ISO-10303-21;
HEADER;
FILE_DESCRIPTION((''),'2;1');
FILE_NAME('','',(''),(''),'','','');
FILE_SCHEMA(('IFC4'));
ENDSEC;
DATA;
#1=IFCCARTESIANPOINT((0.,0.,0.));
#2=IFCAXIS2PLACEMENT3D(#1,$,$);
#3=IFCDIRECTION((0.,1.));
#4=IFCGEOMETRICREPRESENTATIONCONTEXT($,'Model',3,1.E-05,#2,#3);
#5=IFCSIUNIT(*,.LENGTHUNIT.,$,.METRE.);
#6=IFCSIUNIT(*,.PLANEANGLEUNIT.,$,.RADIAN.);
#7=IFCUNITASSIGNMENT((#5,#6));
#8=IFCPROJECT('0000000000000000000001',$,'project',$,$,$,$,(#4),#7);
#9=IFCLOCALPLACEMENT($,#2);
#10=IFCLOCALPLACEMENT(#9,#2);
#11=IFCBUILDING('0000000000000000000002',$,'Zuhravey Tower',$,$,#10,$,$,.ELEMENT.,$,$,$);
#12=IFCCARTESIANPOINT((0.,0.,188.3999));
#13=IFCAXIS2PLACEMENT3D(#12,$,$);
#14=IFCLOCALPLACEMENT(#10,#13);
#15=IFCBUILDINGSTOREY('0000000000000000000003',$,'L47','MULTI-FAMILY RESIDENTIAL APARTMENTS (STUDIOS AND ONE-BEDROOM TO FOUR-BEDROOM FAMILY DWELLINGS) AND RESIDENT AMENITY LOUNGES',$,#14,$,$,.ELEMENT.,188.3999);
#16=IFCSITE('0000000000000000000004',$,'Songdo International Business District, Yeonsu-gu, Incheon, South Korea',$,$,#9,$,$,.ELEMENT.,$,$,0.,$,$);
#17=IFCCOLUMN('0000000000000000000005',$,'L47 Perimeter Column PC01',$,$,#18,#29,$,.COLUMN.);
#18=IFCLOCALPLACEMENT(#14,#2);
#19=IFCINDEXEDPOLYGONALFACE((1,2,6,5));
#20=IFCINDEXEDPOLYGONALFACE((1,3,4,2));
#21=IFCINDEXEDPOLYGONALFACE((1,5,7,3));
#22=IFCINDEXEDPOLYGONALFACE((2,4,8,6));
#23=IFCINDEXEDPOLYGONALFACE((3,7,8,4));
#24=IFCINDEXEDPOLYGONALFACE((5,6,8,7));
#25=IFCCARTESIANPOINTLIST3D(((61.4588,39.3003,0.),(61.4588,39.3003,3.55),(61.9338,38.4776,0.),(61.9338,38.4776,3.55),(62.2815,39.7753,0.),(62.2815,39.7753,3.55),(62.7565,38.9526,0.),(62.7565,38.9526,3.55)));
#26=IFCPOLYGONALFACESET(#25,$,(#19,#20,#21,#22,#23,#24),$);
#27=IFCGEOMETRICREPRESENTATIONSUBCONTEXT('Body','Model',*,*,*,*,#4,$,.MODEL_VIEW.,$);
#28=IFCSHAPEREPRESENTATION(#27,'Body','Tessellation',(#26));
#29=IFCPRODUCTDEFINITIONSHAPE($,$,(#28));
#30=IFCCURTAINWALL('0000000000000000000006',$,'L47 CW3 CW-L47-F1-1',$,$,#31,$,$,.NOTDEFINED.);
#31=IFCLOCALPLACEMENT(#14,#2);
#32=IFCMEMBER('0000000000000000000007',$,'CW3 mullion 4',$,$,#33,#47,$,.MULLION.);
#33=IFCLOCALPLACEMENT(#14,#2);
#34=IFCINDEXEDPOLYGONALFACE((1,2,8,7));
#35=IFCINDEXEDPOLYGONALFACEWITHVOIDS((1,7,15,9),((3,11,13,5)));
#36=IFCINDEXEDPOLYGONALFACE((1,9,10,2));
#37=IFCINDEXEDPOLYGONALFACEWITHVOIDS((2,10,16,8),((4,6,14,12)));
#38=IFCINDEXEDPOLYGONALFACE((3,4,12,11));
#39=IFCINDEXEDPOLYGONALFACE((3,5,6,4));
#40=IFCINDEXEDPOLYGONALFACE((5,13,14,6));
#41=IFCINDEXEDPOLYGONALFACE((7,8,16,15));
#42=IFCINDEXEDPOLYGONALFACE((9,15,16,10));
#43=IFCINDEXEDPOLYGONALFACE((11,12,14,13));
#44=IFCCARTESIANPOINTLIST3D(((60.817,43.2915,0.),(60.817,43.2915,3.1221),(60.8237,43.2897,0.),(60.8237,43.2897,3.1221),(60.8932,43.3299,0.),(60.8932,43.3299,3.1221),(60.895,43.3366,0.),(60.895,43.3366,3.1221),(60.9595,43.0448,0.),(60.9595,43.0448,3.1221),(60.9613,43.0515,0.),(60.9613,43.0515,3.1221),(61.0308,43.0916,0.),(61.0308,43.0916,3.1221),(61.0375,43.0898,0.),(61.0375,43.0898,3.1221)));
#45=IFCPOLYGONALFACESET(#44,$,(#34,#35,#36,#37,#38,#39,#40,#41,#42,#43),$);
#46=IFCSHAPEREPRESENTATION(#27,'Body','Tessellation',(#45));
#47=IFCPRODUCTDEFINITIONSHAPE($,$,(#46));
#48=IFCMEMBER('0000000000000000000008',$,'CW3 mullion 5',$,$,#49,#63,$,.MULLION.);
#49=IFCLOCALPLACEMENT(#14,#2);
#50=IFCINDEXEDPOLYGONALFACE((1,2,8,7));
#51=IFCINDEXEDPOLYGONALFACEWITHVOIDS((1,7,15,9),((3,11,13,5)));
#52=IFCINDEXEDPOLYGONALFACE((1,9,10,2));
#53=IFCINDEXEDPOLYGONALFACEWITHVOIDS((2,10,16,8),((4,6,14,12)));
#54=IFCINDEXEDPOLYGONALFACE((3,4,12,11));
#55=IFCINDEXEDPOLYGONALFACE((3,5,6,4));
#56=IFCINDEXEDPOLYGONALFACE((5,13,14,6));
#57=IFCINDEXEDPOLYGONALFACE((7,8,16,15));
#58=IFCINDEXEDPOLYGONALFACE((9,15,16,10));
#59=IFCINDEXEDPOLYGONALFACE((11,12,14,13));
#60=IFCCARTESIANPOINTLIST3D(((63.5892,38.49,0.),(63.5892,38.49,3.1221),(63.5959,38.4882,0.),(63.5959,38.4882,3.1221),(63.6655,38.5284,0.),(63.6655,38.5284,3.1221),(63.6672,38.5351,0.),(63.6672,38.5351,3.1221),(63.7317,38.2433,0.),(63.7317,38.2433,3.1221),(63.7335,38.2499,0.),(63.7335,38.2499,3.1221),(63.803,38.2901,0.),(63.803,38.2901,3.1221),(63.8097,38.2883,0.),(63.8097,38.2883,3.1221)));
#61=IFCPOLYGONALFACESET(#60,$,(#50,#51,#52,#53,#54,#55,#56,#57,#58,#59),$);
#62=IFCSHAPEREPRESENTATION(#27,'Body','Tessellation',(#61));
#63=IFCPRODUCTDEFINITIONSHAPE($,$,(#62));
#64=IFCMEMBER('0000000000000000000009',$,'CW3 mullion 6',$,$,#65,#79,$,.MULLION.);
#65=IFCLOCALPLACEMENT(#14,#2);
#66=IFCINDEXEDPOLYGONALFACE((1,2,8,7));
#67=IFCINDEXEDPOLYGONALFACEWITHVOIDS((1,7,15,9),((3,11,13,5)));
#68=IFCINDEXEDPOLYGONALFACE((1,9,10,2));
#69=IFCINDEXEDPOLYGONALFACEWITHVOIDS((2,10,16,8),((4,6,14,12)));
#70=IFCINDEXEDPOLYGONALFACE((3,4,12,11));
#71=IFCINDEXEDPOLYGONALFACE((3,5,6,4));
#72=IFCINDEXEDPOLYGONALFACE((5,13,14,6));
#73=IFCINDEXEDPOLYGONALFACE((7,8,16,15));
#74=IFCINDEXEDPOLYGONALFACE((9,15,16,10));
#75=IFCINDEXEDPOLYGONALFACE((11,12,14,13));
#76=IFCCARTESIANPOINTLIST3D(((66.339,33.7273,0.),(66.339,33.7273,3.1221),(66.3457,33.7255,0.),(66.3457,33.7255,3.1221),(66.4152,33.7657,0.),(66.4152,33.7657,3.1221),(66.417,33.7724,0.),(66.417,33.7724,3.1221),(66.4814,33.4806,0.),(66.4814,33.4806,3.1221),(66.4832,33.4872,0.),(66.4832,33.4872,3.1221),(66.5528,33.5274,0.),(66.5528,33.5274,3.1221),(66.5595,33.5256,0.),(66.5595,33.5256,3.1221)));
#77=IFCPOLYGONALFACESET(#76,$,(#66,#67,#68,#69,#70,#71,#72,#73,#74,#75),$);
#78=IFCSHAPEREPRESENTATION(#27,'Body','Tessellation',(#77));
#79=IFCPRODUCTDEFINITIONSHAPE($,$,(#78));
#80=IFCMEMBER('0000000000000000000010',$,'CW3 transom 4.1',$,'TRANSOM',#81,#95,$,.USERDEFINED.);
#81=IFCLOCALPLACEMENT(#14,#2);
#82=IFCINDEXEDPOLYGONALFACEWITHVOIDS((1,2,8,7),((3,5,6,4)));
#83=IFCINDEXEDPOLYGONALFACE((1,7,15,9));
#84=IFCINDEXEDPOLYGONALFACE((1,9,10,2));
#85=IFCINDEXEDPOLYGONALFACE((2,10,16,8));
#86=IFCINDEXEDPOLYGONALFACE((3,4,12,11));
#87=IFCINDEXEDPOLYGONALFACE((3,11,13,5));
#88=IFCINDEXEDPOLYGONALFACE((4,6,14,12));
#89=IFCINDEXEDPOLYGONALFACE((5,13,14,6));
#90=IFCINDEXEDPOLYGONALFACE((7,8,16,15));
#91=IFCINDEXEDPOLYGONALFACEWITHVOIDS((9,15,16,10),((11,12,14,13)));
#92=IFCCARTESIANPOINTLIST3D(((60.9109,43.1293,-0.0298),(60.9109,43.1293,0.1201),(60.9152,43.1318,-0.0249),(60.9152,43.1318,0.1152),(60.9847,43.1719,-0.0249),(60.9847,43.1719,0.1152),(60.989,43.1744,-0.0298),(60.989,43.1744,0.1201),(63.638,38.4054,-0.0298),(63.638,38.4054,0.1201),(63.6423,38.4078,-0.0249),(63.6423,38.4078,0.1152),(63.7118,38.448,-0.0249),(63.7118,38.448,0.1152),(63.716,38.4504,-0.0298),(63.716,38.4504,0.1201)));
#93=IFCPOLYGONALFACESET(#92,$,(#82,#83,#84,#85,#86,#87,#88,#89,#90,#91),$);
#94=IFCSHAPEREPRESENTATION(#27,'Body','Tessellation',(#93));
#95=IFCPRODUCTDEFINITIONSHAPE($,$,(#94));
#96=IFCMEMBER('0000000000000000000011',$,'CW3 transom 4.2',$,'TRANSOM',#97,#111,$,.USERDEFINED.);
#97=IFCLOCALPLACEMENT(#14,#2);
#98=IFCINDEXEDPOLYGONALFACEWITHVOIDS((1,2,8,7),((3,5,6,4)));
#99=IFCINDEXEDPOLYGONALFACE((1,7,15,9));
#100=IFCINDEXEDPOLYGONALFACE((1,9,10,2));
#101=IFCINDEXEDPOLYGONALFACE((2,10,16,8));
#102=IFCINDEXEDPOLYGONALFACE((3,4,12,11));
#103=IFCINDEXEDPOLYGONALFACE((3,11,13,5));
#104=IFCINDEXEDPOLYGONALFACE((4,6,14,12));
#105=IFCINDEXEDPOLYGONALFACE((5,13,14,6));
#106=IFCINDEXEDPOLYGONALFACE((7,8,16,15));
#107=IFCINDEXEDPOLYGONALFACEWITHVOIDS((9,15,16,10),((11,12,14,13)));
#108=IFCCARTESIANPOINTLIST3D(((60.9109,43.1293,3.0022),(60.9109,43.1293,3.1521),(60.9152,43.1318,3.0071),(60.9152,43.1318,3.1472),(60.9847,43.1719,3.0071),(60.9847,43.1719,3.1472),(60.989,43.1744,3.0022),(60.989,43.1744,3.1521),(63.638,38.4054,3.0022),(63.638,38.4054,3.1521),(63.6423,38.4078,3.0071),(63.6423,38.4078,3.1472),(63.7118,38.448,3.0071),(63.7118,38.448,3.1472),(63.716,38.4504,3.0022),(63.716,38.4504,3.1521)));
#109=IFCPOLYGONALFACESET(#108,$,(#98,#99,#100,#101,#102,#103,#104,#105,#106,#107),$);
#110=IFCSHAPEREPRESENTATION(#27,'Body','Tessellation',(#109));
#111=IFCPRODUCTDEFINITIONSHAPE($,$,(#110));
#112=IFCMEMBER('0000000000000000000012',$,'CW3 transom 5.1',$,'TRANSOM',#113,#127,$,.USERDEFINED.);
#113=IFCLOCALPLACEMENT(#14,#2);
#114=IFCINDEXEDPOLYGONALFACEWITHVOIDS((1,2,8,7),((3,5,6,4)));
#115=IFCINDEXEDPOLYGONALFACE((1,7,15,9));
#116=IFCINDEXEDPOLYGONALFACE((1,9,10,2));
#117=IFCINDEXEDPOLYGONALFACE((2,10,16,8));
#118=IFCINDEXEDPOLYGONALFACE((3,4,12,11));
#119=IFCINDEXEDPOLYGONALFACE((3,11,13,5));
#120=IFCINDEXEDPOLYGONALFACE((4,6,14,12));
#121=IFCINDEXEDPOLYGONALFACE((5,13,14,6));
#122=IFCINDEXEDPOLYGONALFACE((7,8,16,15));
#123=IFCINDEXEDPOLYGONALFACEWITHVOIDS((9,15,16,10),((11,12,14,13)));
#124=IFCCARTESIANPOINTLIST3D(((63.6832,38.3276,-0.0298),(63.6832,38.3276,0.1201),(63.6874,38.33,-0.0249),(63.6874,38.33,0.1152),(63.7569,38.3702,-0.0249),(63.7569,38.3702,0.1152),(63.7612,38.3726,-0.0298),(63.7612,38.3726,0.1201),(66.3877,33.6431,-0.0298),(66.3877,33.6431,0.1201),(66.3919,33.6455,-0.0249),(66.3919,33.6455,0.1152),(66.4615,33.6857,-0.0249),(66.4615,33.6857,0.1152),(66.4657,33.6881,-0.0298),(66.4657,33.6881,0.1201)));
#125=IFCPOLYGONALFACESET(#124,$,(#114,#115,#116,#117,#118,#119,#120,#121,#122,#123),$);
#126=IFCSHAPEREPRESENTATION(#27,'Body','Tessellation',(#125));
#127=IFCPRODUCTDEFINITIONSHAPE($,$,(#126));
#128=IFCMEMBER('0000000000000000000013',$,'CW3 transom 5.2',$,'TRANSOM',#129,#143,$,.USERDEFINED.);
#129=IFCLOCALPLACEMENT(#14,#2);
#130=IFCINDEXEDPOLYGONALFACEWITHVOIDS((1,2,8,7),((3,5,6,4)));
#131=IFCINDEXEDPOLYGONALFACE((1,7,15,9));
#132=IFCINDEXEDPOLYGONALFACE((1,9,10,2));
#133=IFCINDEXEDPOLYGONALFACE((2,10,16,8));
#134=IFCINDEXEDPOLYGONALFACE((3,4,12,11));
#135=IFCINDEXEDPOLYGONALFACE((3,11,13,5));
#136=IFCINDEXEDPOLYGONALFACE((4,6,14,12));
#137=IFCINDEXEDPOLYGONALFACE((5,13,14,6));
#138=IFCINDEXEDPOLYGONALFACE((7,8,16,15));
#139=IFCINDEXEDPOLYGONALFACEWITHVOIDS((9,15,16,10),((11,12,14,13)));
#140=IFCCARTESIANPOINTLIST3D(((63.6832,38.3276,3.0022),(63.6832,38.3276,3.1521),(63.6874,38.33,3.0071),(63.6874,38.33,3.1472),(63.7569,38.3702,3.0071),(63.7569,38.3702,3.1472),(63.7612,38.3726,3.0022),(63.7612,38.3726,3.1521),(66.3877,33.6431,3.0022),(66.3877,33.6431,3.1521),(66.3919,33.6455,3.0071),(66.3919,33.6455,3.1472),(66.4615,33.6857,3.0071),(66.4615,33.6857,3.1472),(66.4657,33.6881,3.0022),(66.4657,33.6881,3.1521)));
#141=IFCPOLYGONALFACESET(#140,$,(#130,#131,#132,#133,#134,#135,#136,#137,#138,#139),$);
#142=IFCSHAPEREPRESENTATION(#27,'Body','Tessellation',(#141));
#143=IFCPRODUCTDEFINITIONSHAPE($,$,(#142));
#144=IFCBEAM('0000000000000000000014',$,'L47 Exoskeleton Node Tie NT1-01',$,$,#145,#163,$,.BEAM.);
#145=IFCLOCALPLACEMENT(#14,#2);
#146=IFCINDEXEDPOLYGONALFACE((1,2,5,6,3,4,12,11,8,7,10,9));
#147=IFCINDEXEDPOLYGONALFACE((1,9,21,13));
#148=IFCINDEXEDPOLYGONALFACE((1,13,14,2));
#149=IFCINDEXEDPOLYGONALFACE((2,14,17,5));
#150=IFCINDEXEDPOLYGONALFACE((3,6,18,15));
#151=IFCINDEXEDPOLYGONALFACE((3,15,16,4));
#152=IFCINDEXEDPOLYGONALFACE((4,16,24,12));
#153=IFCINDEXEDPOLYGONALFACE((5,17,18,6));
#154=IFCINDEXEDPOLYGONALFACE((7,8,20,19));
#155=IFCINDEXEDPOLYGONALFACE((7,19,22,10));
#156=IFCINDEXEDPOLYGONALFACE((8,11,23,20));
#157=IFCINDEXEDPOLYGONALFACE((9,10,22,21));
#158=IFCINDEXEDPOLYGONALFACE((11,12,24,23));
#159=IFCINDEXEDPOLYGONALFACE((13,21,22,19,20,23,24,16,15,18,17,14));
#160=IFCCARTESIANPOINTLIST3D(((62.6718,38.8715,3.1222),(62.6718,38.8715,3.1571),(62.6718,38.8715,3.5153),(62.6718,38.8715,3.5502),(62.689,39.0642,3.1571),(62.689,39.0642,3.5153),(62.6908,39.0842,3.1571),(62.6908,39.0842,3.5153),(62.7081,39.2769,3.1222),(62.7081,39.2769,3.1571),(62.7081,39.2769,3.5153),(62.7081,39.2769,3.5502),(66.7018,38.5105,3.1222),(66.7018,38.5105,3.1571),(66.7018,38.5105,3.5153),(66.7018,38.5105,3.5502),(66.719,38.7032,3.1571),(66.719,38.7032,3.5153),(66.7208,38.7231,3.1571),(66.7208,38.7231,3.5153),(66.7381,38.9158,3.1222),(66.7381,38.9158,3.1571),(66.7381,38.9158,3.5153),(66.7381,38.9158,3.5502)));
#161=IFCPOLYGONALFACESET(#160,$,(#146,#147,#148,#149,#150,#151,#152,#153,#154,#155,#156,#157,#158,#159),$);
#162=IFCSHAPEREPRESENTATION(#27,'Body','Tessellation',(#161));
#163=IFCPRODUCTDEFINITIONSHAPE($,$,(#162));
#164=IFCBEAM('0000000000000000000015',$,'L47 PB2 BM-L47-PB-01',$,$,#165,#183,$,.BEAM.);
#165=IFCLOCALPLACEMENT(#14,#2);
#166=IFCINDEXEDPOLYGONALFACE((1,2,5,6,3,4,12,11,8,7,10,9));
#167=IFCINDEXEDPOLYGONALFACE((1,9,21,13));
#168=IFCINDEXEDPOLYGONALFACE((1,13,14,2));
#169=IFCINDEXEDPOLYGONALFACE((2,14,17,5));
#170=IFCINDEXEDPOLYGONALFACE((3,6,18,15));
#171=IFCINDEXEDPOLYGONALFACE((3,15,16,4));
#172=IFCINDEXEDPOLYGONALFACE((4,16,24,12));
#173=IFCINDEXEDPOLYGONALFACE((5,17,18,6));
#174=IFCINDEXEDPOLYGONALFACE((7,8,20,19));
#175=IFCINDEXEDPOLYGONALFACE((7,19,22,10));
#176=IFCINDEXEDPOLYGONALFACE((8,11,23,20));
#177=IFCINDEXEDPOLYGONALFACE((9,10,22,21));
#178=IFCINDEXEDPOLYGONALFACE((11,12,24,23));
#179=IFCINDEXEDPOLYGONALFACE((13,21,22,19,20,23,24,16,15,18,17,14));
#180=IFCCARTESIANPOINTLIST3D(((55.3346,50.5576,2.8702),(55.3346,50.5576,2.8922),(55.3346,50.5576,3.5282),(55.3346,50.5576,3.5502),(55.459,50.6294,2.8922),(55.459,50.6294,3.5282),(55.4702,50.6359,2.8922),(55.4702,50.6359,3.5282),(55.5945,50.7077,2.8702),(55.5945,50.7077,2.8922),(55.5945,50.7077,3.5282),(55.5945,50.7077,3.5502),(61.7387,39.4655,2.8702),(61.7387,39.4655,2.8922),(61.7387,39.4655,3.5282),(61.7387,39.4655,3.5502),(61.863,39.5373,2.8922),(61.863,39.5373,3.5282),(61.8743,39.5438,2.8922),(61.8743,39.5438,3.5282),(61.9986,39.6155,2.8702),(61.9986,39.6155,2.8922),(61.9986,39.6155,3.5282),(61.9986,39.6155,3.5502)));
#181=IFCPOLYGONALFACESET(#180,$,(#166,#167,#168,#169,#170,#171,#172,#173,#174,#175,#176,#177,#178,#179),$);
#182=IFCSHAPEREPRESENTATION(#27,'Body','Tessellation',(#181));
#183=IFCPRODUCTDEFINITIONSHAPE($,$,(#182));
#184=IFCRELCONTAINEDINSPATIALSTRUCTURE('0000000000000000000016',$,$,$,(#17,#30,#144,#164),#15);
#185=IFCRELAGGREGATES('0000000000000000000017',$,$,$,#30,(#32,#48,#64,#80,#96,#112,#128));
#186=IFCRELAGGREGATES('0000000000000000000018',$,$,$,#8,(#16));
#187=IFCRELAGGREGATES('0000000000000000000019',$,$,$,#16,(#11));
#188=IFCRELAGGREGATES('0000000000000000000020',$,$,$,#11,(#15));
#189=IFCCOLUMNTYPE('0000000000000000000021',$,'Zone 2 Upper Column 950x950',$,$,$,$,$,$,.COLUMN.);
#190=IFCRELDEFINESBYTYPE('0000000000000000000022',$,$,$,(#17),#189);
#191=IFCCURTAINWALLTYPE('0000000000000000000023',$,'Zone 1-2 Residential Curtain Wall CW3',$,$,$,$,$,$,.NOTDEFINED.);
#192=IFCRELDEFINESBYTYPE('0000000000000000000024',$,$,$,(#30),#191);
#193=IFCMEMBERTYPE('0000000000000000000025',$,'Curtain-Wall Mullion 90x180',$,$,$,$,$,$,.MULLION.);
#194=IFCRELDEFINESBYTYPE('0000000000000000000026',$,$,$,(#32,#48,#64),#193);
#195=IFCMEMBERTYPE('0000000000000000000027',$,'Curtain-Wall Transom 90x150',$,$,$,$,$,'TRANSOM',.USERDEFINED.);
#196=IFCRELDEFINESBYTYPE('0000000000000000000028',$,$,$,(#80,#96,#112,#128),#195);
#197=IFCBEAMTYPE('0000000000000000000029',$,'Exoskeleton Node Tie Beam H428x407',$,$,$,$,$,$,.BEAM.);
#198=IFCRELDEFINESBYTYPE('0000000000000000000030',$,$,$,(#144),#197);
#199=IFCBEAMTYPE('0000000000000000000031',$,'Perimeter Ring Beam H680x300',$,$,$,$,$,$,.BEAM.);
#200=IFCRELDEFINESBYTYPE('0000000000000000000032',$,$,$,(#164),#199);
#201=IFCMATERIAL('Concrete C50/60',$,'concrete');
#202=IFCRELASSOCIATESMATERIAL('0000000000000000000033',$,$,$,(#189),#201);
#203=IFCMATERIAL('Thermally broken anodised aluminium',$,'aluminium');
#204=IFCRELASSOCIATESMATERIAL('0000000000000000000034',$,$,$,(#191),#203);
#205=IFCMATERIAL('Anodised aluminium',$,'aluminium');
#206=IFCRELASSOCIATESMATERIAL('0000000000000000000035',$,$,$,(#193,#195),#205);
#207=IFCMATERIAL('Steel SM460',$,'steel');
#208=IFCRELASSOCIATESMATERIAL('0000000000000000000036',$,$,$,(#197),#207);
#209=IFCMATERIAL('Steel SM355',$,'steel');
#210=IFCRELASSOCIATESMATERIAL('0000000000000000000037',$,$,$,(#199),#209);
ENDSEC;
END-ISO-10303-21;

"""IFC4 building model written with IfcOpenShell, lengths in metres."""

from ifc_helpers import new_model, si_unit, direction, frame, origin, origin_2d, place, context, subcontext, project, spatial, rectangle, hollow_rectangle, i_section, extrude, material, material_profile, profile_set, type_object, element, aggregate, save


model = new_model("IFC4")

# Units and contexts
model_context = context("Model", 3, precision=1e-05, world=origin(), true_north=direction((0.0, 1.0)))
body_context = subcontext(model_context, "Body", "Model", "MODEL_VIEW")
ifc_project = project(units=[si_unit("LENGTHUNIT", "METRE"), si_unit("PLANEANGLEUNIT", "RADIAN")], contexts=[model_context])

# Site, building, storey
site_placement = place(None, origin())
site = spatial("IfcSite", under=ifc_project, at=site_placement, Name="Songdo International Business District, Yeonsu-gu, Incheon, South Korea", CompositionType="ELEMENT", RefElevation=0.0)
building_placement = place(site_placement, origin())
building = spatial("IfcBuilding", under=site, at=building_placement, Name="Zuhravey Tower", CompositionType="ELEMENT")
storey_placement = place(building_placement, frame((0.0, 0.0, 188.3999)))
storey = spatial("IfcBuildingStorey", under=building, at=storey_placement, Name="L47", Description="MULTI-FAMILY RESIDENTIAL APARTMENTS (STUDIOS AND ONE-BEDROOM TO FOUR-BEDROOM FAMILY DWELLINGS) AND RESIDENT AMENITY LOUNGES", CompositionType="ELEMENT", Elevation=188.3999)

# Column
ifc_material_1 = material(Name="Concrete C50/60", Category="concrete")
ifc_material_profile_1 = material_profile(ifc_material_1, rectangle(XDim=0.95, YDim=0.95, at=origin_2d()), Name="RC-950x950")
ifc_profile_set_1 = profile_set([ifc_material_profile_1], Name="Concrete C50/60")
column_type = type_object("IfcColumnType", Name="Zone 2 Upper Column 950x950", PredefinedType="COLUMN", material=ifc_profile_set_1)
column_placement = place(storey_placement, frame((62.1077, 39.1265, 0.0), z_axis=(0.0, 0.0, 1.0), x_axis=(-0.5, 0.866025, 0.0)))
element("IfcColumn", 1, at=column_placement, inside=storey, type_object=column_type, Name="L47 Perimeter Column PC01", PredefinedType="COLUMN", context=body_context, shape_type="SweptSolid", body=[
    extrude(rectangle(XDim=0.95, YDim=0.95, at=origin_2d()), origin(), (0.0, 0.0, 1.0), 3.55),
])

# Curtain wall, members
ifc_material_2 = material(Name="Thermally broken anodised aluminium", Category="aluminium")
curtain_wall_type = type_object("IfcCurtainWallType", Name="Zone 1-2 Residential Curtain Wall CW3", PredefinedType="NOTDEFINED", material=ifc_material_2)
curtain_wall_placement = place(storey_placement, origin())
curtain_wall = element("IfcCurtainWall", 2, at=curtain_wall_placement, inside=storey, type_object=curtain_wall_type, Name="L47 CW3 CW-L47-F1-1", PredefinedType="NOTDEFINED")
ifc_material_3 = material(Name="Anodised aluminium", Category="aluminium")
ifc_material_profile_2 = material_profile(ifc_material_3, hollow_rectangle(XDim=0.0901, YDim=0.2849, WallThickness=0.0049, at=origin_2d()), Name="ALU-RHS-90x285x5")
ifc_profile_set_2 = profile_set([ifc_material_profile_2], Name="Anodised aluminium")
member_type_1 = type_object("IfcMemberType", Name="Curtain-Wall Mullion 90x180", PredefinedType="MULLION", material=ifc_profile_set_2)
member_1_placement = place(storey_placement, frame((60.9272, 43.1907, 0.0), z_axis=(0.0, 0.0, 1.0), x_axis=(0.866025, 0.5, 0.0)))
member_1 = element("IfcMember", 3, at=member_1_placement, type_object=member_type_1, Name="CW3 mullion 4", PredefinedType="MULLION", context=body_context, shape_type="SweptSolid", body=[
    extrude(hollow_rectangle(XDim=0.0901, YDim=0.2849, WallThickness=0.0049, at=origin_2d()), origin(), (0.0, 0.0, 1.0), 3.1221),
])
member_2_placement = place(storey_placement, frame((63.6995, 38.3892, 0.0), z_axis=(0.0, 0.0, 1.0), x_axis=(0.866025, 0.5, 0.0)))
member_2 = element("IfcMember", 4, at=member_2_placement, type_object=member_type_1, Name="CW3 mullion 5", PredefinedType="MULLION", context=body_context, shape_type="SweptSolid", body=[
    extrude(hollow_rectangle(XDim=0.0901, YDim=0.2849, WallThickness=0.0049, at=origin_2d()), origin(), (0.0, 0.0, 1.0), 3.1221),
])
member_3_placement = place(storey_placement, frame((66.4492, 33.6265, 0.0), z_axis=(0.0, 0.0, 1.0), x_axis=(0.866025, 0.5, 0.0)))
member_3 = element("IfcMember", 5, at=member_3_placement, type_object=member_type_1, Name="CW3 mullion 6", PredefinedType="MULLION", context=body_context, shape_type="SweptSolid", body=[
    extrude(hollow_rectangle(XDim=0.0901, YDim=0.2849, WallThickness=0.0049, at=origin_2d()), origin(), (0.0, 0.0, 1.0), 3.1221),
])
ifc_material_profile_3 = material_profile(ifc_material_3, hollow_rectangle(XDim=0.0901, YDim=0.1499, WallThickness=0.0049, at=origin_2d()), Name="ALU-RHS-90x150x5")
ifc_profile_set_3 = profile_set([ifc_material_profile_3], Name="Anodised aluminium")
member_type_2 = type_object("IfcMemberType", Name="Curtain-Wall Transom 90x150", ElementType="TRANSOM", PredefinedType="USERDEFINED", material=ifc_profile_set_3)
member_4_placement = place(storey_placement, frame((60.95, 43.1519, 0.0452), z_axis=(0.499961, -0.866048, 0.0), x_axis=(0.866048, 0.499961, 0.0)))
member_4 = element("IfcMember", 6, at=member_4_placement, type_object=member_type_2, Name="CW3 transom 4.1", ObjectType="TRANSOM", PredefinedType="USERDEFINED", context=body_context, shape_type="SweptSolid", body=[
    extrude(hollow_rectangle(XDim=0.0901, YDim=0.1499, WallThickness=0.0049, at=origin_2d()), origin(), (0.0, 0.0, 1.0), 5.4546),
])
member_5_placement = place(storey_placement, frame((60.95, 43.1519, 3.0771), z_axis=(0.499961, -0.866048, 0.0), x_axis=(0.866048, 0.499961, 0.0)))
member_5 = element("IfcMember", 7, at=member_5_placement, type_object=member_type_2, Name="CW3 transom 4.2", ObjectType="TRANSOM", PredefinedType="USERDEFINED", context=body_context, shape_type="SweptSolid", body=[
    extrude(hollow_rectangle(XDim=0.0901, YDim=0.1499, WallThickness=0.0049, at=origin_2d()), origin(), (0.0, 0.0, 1.0), 5.4546),
])
member_6_placement = place(storey_placement, frame((63.7222, 38.3501, 0.0452), z_axis=(0.499993, -0.866029, 0.0), x_axis=(0.866029, 0.499993, 0.0)))
member_6 = element("IfcMember", 8, at=member_6_placement, type_object=member_type_2, Name="CW3 transom 5.1", ObjectType="TRANSOM", PredefinedType="USERDEFINED", context=body_context, shape_type="SweptSolid", body=[
    extrude(hollow_rectangle(XDim=0.0901, YDim=0.1499, WallThickness=0.0049, at=origin_2d()), origin(), (0.0, 0.0, 1.0), 5.4092),
])
member_7_placement = place(storey_placement, frame((63.7222, 38.3501, 3.0771), z_axis=(0.499993, -0.866029, 0.0), x_axis=(0.866029, 0.499993, 0.0)))
member_7 = element("IfcMember", 9, at=member_7_placement, type_object=member_type_2, Name="CW3 transom 5.2", ObjectType="TRANSOM", PredefinedType="USERDEFINED", context=body_context, shape_type="SweptSolid", body=[
    extrude(hollow_rectangle(XDim=0.0901, YDim=0.1499, WallThickness=0.0049, at=origin_2d()), origin(), (0.0, 0.0, 1.0), 5.4092),
])

# Beams
ifc_material_4 = material(Name="Steel SM460", Category="steel")
ifc_material_profile_4 = material_profile(ifc_material_4, i_section(OverallWidth=0.407, OverallDepth=0.428, WebThickness=0.02, FlangeThickness=0.0349, at=origin_2d()), Name="H-428x407x20x35")
ifc_profile_set_4 = profile_set([ifc_material_profile_4], Name="Steel SM460")
beam_type_1 = type_object("IfcBeamType", Name="Exoskeleton Node Tie Beam H428x407", PredefinedType="BEAM", material=ifc_profile_set_4)
beam_1_placement = place(storey_placement, frame((62.6899, 39.0742, 3.3362), z_axis=(0.99601, -0.089241, 0.0), x_axis=(0.089241, 0.99601, 0.0)))
element("IfcBeam", 10, at=beam_1_placement, inside=storey, type_object=beam_type_1, Name="L47 Exoskeleton Node Tie NT1-01", PredefinedType="BEAM", context=body_context, shape_type="SweptSolid", body=[
    extrude(i_section(OverallWidth=0.407, OverallDepth=0.428, WebThickness=0.02, FlangeThickness=0.0349, at=origin_2d()), origin(), (0.0, 0.0, 1.0), 4.0461),
])
ifc_material_5 = material(Name="Steel SM355", Category="steel")
ifc_material_profile_5 = material_profile(ifc_material_5, i_section(OverallWidth=0.3, OverallDepth=0.6799, WebThickness=0.0129, FlangeThickness=0.022, at=origin_2d()), Name="H-680x300x13x22")
ifc_profile_set_5 = profile_set([ifc_material_profile_5], Name="Steel SM355")
beam_type_2 = type_object("IfcBeamType", Name="Perimeter Ring Beam H680x300", PredefinedType="BEAM", material=ifc_profile_set_5)
beam_2_placement = place(storey_placement, frame((61.8687, 39.5405, 3.2102), z_axis=(-0.500004, 0.866023, 0.0), x_axis=(-0.866023, -0.500004, 0.0)))
element("IfcBeam", 11, at=beam_2_placement, inside=storey, type_object=beam_type_2, Name="L47 PB2 BM-L47-PB-01", PredefinedType="BEAM", context=body_context, shape_type="SweptSolid", body=[
    extrude(i_section(OverallWidth=0.3, OverallDepth=0.6799, WebThickness=0.0129, FlangeThickness=0.022, at=origin_2d()), origin(), (0.0, 0.0, 1.0), 12.8081),
])

aggregate(curtain_wall, [member_1, member_2, member_3, member_4, member_5, member_6, member_7])

save(model, "model.ifc")
